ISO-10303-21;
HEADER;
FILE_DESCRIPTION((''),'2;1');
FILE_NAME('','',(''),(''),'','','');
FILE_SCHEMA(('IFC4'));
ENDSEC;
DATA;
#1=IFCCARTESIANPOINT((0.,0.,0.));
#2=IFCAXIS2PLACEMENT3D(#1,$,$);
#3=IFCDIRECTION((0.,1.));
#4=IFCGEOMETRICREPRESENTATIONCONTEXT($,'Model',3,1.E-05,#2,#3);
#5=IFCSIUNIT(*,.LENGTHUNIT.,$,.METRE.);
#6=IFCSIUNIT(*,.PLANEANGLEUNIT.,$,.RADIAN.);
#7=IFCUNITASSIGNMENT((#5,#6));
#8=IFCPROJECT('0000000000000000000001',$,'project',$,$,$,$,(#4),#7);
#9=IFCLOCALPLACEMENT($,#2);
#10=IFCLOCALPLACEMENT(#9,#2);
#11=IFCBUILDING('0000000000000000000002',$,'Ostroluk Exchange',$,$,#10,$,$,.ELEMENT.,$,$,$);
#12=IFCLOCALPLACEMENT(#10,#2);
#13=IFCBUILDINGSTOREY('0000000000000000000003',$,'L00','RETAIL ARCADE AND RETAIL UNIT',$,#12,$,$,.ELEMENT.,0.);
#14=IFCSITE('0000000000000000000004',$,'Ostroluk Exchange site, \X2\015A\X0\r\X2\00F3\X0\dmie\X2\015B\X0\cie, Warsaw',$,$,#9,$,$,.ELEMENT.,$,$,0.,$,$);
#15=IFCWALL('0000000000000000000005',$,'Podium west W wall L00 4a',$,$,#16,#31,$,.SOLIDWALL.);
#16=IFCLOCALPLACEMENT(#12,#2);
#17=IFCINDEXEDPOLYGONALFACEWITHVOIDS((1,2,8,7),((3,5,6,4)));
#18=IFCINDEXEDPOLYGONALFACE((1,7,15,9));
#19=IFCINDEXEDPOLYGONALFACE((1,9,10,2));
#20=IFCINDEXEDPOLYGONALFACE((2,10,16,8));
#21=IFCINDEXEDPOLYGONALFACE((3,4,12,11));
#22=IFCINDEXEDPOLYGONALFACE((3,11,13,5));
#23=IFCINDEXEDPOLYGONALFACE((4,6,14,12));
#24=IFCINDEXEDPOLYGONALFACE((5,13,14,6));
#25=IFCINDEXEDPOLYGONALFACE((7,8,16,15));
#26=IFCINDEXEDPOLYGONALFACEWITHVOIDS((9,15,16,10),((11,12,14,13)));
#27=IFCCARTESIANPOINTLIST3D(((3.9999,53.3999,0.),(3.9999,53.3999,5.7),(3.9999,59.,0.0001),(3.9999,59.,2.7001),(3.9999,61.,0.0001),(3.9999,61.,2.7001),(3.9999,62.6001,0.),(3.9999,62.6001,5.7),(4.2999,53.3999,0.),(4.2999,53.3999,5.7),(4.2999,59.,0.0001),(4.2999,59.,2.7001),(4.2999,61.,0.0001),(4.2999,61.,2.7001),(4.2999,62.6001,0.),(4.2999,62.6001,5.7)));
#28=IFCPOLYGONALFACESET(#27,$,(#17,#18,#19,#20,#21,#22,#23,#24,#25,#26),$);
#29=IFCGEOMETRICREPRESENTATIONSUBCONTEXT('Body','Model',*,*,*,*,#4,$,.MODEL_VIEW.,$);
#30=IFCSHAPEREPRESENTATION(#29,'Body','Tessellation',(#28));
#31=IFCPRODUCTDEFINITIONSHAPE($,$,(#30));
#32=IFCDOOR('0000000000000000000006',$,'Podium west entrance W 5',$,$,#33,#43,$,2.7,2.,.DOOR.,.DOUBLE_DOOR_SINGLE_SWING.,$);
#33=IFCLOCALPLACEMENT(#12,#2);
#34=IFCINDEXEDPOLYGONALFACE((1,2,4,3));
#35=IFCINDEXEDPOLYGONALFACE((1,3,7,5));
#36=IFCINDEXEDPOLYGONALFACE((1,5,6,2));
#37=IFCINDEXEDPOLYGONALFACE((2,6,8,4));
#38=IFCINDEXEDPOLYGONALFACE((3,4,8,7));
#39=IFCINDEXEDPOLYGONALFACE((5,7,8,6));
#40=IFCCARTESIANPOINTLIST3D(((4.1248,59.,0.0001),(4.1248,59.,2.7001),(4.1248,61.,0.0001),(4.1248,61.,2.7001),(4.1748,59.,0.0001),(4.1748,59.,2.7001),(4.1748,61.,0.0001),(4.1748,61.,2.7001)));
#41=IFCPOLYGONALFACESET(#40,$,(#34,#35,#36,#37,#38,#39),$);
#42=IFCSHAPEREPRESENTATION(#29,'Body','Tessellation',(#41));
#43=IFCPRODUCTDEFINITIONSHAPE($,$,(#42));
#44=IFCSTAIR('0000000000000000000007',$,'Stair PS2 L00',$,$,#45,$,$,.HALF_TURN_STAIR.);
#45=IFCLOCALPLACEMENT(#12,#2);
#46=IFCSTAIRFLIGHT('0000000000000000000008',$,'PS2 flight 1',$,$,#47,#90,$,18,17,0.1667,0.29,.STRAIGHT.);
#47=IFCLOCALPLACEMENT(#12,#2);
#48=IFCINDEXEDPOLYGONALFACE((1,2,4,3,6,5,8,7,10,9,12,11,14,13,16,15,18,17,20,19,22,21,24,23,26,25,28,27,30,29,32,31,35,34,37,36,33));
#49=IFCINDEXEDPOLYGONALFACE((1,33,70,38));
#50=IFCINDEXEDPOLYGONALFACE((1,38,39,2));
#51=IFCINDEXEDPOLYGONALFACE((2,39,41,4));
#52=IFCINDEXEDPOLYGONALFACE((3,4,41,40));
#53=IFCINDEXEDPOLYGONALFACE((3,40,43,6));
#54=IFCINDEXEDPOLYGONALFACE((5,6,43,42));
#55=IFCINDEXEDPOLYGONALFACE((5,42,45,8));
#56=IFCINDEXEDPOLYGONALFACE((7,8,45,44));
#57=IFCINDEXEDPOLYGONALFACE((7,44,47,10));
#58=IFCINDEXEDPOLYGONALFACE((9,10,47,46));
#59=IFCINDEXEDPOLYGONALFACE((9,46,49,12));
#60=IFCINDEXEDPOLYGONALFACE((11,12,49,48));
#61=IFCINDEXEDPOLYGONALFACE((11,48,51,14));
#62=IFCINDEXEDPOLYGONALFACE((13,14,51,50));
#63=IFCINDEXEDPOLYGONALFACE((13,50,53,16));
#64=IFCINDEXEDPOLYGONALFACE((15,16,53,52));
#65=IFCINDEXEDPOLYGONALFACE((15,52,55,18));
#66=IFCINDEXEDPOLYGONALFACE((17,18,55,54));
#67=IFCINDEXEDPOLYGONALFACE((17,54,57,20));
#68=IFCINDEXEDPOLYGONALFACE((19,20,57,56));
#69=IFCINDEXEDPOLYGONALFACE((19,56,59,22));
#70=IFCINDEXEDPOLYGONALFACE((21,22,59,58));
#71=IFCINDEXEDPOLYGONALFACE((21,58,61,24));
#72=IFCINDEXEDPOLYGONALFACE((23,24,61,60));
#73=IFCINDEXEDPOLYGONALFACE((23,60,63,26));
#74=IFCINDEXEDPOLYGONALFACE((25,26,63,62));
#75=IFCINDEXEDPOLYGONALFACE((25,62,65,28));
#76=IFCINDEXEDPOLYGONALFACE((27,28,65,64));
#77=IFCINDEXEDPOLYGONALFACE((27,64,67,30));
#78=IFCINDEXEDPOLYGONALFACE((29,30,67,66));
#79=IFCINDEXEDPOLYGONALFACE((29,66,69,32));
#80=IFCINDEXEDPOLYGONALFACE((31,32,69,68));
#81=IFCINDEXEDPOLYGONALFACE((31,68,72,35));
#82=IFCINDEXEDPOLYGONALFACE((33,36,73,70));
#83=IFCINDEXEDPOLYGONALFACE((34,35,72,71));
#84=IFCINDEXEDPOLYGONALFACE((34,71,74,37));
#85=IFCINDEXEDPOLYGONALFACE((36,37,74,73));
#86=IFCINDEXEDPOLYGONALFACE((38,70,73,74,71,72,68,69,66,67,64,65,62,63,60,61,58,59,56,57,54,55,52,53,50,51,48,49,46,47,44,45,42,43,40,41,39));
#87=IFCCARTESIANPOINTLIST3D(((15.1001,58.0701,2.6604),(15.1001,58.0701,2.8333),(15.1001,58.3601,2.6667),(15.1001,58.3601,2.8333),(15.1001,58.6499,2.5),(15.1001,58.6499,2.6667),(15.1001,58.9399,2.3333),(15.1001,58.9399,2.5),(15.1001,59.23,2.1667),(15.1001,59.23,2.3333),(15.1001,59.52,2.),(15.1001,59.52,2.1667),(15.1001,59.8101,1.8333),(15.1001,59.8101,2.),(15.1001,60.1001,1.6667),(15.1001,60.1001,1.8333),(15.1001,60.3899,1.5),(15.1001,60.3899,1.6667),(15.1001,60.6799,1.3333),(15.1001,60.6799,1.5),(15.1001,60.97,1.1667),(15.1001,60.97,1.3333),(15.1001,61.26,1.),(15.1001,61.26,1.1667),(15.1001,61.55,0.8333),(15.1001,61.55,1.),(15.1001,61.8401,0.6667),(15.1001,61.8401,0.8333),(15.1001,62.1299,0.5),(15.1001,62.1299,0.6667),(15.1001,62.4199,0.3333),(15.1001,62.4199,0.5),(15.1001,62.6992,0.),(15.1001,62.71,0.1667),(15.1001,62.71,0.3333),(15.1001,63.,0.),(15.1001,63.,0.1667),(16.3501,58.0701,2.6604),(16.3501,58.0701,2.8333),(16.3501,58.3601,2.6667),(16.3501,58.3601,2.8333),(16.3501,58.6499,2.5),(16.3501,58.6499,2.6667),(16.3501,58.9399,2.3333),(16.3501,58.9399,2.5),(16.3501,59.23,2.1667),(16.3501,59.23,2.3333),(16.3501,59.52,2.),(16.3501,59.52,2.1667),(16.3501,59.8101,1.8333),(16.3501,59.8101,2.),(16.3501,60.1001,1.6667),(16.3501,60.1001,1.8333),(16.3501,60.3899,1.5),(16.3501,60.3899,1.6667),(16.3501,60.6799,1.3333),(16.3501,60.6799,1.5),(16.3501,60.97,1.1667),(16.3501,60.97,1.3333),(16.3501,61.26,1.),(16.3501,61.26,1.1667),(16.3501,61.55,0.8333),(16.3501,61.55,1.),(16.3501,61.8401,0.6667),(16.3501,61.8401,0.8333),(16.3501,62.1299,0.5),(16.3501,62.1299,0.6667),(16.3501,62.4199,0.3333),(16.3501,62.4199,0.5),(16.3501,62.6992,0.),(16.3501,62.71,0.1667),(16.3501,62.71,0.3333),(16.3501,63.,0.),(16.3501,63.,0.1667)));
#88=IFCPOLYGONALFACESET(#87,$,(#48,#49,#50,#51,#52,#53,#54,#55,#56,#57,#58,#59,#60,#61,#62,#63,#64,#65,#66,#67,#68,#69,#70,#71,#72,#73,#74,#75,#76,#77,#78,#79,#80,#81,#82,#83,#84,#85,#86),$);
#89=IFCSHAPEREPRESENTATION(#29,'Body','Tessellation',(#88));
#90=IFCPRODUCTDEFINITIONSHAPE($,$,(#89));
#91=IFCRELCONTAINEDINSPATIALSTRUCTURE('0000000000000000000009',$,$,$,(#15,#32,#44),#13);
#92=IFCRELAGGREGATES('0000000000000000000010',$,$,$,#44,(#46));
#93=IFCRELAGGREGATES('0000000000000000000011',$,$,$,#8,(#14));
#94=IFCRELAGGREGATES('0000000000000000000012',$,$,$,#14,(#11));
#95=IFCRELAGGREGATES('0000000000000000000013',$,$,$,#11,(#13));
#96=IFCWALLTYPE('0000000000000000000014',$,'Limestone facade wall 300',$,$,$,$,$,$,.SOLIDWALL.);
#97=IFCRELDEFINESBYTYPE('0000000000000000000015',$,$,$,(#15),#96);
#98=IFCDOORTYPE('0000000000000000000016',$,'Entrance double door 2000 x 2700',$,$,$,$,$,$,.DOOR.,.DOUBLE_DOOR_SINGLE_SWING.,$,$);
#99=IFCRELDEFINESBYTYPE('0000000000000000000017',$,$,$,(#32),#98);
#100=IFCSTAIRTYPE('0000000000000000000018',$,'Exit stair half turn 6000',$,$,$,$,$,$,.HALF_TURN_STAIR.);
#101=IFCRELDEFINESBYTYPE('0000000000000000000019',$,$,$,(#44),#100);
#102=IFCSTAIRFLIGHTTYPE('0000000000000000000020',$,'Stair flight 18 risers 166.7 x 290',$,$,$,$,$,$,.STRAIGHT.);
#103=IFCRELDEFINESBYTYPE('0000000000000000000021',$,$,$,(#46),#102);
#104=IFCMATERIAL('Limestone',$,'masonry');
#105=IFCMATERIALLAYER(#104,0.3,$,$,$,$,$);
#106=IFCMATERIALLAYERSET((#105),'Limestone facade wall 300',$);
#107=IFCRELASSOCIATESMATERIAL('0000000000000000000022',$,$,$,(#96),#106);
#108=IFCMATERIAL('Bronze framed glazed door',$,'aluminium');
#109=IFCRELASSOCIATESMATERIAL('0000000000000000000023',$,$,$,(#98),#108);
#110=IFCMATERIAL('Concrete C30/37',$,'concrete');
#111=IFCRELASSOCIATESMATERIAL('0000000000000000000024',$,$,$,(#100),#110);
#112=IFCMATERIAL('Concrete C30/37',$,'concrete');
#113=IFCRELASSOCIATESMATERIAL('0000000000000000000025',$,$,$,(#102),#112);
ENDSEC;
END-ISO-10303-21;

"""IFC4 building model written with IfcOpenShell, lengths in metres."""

from ifc_helpers import new_model, si_unit, direction, frame, frame_2d, origin, place, context, subcontext, project, spatial, polyline, rectangle, outline, extrude, material, layer, layer_set, type_object, element, fill, aggregate, save


model = new_model("IFC4")

# Units and contexts
model_context = context("Model", 3, precision=1e-05, world=origin(), true_north=direction((0.0, 1.0)))
body_context = subcontext(model_context, "Body", "Model", "MODEL_VIEW")
ifc_project = project(units=[si_unit("LENGTHUNIT", "METRE"), si_unit("PLANEANGLEUNIT", "RADIAN")], contexts=[model_context])

# Site, building, storey
site_placement = place(None, origin())
site = spatial("IfcSite", under=ifc_project, at=site_placement, Name="Ostroluk Exchange site, Śródmieście, Warsaw", CompositionType="ELEMENT", RefElevation=0.0)
building_placement = place(site_placement, origin())
building = spatial("IfcBuilding", under=site, at=building_placement, Name="Ostroluk Exchange", CompositionType="ELEMENT")
storey_placement = place(building_placement, origin())
storey = spatial("IfcBuildingStorey", under=building, at=storey_placement, Name="L00", Description="RETAIL ARCADE AND RETAIL UNIT", CompositionType="ELEMENT", Elevation=0.0)

# Shared definitions
ifc_material_1 = material(Name="Limestone", Category="masonry")
ifc_layer_1 = layer(ifc_material_1, 0.3)
ifc_layer_set_1 = layer_set([ifc_layer_1], Name="Limestone facade wall 300")
wall_type_1 = type_object("IfcWallType", Name="Limestone facade wall 300", PredefinedType="SOLIDWALL", material=ifc_layer_set_1)

# Wall, opening, door
wall_1_placement = place(storey_placement, frame((4.1499, 62.6001, 0.0), z_axis=(0.0, 0.0, 1.0), x_axis=(0.0, -1.0, 0.0)))
wall_1 = element("IfcWall", 1, at=wall_1_placement, inside=storey, type_object=wall_type_1, Name="Podium west W wall L00 4a", PredefinedType="SOLIDWALL", context=body_context, shape_type="SweptSolid", body=[
    extrude(rectangle(XDim=9.2002, YDim=0.3, at=frame_2d((4.6001, 0.0))), origin(), (0.0, 0.0, 1.0), 5.7),
])
opening_1_placement = place(wall_1_placement, frame((1.6001, 0.0, 0.0)))
opening_1 = element("IfcOpeningElement", 2, at=opening_1_placement, cuts=wall_1, PredefinedType="OPENING", context=body_context, shape_type="SweptSolid", body=[
    extrude(rectangle(XDim=2.0, YDim=2.7, at=frame_2d((1.0, 1.3501))), frame((0.0, 0.1599, 0.0), z_axis=(0.0, -1.0, 0.0), x_axis=(1.0, 0.0, 0.0)), (0.0, 0.0, 1.0), 0.3201),
])
ifc_material_2 = material(Name="Bronze framed glazed door", Category="aluminium")
door_type_1 = type_object("IfcDoorType", Name="Entrance double door 2000 x 2700", OperationType="DOUBLE_DOOR_SINGLE_SWING", PredefinedType="DOOR", material=ifc_material_2)
door_1_placement = place(opening_1_placement, origin())
door_1 = element("IfcDoor", 3, at=door_1_placement, inside=storey, type_object=door_type_1, Name="Podium west entrance W 5", OperationType="DOUBLE_DOOR_SINGLE_SWING", OverallHeight=2.7, OverallWidth=2.0, PredefinedType="DOOR", context=body_context, shape_type="SweptSolid", body=[
    extrude(rectangle(XDim=2.0, YDim=2.7, at=frame_2d((1.0, 1.3501))), frame((0.0, 0.0249, 0.0), z_axis=(0.0, -1.0, 0.0), x_axis=(1.0, 0.0, 0.0)), (0.0, 0.0, 1.0), 0.05),
])
fill(opening_1, door_1)

# Stair, stair flight
ifc_material_3 = material(Name="Concrete C30/37", Category="concrete")
stair_type = type_object("IfcStairType", Name="Exit stair half turn 6000", PredefinedType="HALF_TURN_STAIR", material=ifc_material_3)
stair_placement = place(storey_placement, origin())
stair = element("IfcStair", 4, at=stair_placement, inside=storey, type_object=stair_type, Name="Stair PS2 L00", PredefinedType="HALF_TURN_STAIR")
ifc_material_4 = material(Name="Concrete C30/37", Category="concrete")
stair_flight_type = type_object("IfcStairFlightType", Name="Stair flight 18 risers 166.7 x 290", PredefinedType="STRAIGHT", material=ifc_material_4)
stair_flight_placement = place(storey_placement, frame((15.7251, 63.0, 0.0), z_axis=(0.0, 0.0, 1.0), x_axis=(0.0, -1.0, 0.0)))
stair_flight = element("IfcStairFlight", 5, at=stair_flight_placement, type_object=stair_flight_type, Name="PS2 flight 1", NumberOfRisers=18, NumberOfTreads=17, PredefinedType="STRAIGHT", RiserHeight=0.1667, TreadLength=0.29, context=body_context, shape_type="SweptSolid", body=[
    extrude(outline(polyline([(0.0, 0.0), (0.0, 0.1667), (0.29, 0.1667), (0.29, 0.3333), (0.5801, 0.3333), (0.5801, 0.5), (0.8701, 0.5), (0.8701, 0.6667), (1.1599, 0.6667), (1.1599, 0.8333), (1.45, 0.8333), (1.45, 1.0), (1.74, 1.0), (1.74, 1.1667), (2.03, 1.1667), (2.03, 1.3333), (2.3201, 1.3333), (2.3201, 1.5), (2.6101, 1.5), (2.6101, 1.6667), (2.8999, 1.6667), (2.8999, 1.8333), (3.1899, 1.8333), (3.1899, 2.0), (3.48, 2.0), (3.48, 2.1667), (3.77, 2.1667), (3.77, 2.3333), (4.0601, 2.3333), (4.0601, 2.5), (4.3501, 2.5), (4.3501, 2.6667), (4.6399, 2.6667), (4.6399, 2.8333), (4.9299, 2.8333), (4.9299, 3.0), (4.9299, 2.6604), (0.3008, 0.0), (0.0, 0.0)])), frame((0.0, 0.625, 0.0), z_axis=(0.0, -1.0, 0.0), x_axis=(1.0, 0.0, 0.0)), (0.0, 0.0, 1.0), 1.25),
])
aggregate(stair, [stair_flight])

save(model, "model.ifc")
